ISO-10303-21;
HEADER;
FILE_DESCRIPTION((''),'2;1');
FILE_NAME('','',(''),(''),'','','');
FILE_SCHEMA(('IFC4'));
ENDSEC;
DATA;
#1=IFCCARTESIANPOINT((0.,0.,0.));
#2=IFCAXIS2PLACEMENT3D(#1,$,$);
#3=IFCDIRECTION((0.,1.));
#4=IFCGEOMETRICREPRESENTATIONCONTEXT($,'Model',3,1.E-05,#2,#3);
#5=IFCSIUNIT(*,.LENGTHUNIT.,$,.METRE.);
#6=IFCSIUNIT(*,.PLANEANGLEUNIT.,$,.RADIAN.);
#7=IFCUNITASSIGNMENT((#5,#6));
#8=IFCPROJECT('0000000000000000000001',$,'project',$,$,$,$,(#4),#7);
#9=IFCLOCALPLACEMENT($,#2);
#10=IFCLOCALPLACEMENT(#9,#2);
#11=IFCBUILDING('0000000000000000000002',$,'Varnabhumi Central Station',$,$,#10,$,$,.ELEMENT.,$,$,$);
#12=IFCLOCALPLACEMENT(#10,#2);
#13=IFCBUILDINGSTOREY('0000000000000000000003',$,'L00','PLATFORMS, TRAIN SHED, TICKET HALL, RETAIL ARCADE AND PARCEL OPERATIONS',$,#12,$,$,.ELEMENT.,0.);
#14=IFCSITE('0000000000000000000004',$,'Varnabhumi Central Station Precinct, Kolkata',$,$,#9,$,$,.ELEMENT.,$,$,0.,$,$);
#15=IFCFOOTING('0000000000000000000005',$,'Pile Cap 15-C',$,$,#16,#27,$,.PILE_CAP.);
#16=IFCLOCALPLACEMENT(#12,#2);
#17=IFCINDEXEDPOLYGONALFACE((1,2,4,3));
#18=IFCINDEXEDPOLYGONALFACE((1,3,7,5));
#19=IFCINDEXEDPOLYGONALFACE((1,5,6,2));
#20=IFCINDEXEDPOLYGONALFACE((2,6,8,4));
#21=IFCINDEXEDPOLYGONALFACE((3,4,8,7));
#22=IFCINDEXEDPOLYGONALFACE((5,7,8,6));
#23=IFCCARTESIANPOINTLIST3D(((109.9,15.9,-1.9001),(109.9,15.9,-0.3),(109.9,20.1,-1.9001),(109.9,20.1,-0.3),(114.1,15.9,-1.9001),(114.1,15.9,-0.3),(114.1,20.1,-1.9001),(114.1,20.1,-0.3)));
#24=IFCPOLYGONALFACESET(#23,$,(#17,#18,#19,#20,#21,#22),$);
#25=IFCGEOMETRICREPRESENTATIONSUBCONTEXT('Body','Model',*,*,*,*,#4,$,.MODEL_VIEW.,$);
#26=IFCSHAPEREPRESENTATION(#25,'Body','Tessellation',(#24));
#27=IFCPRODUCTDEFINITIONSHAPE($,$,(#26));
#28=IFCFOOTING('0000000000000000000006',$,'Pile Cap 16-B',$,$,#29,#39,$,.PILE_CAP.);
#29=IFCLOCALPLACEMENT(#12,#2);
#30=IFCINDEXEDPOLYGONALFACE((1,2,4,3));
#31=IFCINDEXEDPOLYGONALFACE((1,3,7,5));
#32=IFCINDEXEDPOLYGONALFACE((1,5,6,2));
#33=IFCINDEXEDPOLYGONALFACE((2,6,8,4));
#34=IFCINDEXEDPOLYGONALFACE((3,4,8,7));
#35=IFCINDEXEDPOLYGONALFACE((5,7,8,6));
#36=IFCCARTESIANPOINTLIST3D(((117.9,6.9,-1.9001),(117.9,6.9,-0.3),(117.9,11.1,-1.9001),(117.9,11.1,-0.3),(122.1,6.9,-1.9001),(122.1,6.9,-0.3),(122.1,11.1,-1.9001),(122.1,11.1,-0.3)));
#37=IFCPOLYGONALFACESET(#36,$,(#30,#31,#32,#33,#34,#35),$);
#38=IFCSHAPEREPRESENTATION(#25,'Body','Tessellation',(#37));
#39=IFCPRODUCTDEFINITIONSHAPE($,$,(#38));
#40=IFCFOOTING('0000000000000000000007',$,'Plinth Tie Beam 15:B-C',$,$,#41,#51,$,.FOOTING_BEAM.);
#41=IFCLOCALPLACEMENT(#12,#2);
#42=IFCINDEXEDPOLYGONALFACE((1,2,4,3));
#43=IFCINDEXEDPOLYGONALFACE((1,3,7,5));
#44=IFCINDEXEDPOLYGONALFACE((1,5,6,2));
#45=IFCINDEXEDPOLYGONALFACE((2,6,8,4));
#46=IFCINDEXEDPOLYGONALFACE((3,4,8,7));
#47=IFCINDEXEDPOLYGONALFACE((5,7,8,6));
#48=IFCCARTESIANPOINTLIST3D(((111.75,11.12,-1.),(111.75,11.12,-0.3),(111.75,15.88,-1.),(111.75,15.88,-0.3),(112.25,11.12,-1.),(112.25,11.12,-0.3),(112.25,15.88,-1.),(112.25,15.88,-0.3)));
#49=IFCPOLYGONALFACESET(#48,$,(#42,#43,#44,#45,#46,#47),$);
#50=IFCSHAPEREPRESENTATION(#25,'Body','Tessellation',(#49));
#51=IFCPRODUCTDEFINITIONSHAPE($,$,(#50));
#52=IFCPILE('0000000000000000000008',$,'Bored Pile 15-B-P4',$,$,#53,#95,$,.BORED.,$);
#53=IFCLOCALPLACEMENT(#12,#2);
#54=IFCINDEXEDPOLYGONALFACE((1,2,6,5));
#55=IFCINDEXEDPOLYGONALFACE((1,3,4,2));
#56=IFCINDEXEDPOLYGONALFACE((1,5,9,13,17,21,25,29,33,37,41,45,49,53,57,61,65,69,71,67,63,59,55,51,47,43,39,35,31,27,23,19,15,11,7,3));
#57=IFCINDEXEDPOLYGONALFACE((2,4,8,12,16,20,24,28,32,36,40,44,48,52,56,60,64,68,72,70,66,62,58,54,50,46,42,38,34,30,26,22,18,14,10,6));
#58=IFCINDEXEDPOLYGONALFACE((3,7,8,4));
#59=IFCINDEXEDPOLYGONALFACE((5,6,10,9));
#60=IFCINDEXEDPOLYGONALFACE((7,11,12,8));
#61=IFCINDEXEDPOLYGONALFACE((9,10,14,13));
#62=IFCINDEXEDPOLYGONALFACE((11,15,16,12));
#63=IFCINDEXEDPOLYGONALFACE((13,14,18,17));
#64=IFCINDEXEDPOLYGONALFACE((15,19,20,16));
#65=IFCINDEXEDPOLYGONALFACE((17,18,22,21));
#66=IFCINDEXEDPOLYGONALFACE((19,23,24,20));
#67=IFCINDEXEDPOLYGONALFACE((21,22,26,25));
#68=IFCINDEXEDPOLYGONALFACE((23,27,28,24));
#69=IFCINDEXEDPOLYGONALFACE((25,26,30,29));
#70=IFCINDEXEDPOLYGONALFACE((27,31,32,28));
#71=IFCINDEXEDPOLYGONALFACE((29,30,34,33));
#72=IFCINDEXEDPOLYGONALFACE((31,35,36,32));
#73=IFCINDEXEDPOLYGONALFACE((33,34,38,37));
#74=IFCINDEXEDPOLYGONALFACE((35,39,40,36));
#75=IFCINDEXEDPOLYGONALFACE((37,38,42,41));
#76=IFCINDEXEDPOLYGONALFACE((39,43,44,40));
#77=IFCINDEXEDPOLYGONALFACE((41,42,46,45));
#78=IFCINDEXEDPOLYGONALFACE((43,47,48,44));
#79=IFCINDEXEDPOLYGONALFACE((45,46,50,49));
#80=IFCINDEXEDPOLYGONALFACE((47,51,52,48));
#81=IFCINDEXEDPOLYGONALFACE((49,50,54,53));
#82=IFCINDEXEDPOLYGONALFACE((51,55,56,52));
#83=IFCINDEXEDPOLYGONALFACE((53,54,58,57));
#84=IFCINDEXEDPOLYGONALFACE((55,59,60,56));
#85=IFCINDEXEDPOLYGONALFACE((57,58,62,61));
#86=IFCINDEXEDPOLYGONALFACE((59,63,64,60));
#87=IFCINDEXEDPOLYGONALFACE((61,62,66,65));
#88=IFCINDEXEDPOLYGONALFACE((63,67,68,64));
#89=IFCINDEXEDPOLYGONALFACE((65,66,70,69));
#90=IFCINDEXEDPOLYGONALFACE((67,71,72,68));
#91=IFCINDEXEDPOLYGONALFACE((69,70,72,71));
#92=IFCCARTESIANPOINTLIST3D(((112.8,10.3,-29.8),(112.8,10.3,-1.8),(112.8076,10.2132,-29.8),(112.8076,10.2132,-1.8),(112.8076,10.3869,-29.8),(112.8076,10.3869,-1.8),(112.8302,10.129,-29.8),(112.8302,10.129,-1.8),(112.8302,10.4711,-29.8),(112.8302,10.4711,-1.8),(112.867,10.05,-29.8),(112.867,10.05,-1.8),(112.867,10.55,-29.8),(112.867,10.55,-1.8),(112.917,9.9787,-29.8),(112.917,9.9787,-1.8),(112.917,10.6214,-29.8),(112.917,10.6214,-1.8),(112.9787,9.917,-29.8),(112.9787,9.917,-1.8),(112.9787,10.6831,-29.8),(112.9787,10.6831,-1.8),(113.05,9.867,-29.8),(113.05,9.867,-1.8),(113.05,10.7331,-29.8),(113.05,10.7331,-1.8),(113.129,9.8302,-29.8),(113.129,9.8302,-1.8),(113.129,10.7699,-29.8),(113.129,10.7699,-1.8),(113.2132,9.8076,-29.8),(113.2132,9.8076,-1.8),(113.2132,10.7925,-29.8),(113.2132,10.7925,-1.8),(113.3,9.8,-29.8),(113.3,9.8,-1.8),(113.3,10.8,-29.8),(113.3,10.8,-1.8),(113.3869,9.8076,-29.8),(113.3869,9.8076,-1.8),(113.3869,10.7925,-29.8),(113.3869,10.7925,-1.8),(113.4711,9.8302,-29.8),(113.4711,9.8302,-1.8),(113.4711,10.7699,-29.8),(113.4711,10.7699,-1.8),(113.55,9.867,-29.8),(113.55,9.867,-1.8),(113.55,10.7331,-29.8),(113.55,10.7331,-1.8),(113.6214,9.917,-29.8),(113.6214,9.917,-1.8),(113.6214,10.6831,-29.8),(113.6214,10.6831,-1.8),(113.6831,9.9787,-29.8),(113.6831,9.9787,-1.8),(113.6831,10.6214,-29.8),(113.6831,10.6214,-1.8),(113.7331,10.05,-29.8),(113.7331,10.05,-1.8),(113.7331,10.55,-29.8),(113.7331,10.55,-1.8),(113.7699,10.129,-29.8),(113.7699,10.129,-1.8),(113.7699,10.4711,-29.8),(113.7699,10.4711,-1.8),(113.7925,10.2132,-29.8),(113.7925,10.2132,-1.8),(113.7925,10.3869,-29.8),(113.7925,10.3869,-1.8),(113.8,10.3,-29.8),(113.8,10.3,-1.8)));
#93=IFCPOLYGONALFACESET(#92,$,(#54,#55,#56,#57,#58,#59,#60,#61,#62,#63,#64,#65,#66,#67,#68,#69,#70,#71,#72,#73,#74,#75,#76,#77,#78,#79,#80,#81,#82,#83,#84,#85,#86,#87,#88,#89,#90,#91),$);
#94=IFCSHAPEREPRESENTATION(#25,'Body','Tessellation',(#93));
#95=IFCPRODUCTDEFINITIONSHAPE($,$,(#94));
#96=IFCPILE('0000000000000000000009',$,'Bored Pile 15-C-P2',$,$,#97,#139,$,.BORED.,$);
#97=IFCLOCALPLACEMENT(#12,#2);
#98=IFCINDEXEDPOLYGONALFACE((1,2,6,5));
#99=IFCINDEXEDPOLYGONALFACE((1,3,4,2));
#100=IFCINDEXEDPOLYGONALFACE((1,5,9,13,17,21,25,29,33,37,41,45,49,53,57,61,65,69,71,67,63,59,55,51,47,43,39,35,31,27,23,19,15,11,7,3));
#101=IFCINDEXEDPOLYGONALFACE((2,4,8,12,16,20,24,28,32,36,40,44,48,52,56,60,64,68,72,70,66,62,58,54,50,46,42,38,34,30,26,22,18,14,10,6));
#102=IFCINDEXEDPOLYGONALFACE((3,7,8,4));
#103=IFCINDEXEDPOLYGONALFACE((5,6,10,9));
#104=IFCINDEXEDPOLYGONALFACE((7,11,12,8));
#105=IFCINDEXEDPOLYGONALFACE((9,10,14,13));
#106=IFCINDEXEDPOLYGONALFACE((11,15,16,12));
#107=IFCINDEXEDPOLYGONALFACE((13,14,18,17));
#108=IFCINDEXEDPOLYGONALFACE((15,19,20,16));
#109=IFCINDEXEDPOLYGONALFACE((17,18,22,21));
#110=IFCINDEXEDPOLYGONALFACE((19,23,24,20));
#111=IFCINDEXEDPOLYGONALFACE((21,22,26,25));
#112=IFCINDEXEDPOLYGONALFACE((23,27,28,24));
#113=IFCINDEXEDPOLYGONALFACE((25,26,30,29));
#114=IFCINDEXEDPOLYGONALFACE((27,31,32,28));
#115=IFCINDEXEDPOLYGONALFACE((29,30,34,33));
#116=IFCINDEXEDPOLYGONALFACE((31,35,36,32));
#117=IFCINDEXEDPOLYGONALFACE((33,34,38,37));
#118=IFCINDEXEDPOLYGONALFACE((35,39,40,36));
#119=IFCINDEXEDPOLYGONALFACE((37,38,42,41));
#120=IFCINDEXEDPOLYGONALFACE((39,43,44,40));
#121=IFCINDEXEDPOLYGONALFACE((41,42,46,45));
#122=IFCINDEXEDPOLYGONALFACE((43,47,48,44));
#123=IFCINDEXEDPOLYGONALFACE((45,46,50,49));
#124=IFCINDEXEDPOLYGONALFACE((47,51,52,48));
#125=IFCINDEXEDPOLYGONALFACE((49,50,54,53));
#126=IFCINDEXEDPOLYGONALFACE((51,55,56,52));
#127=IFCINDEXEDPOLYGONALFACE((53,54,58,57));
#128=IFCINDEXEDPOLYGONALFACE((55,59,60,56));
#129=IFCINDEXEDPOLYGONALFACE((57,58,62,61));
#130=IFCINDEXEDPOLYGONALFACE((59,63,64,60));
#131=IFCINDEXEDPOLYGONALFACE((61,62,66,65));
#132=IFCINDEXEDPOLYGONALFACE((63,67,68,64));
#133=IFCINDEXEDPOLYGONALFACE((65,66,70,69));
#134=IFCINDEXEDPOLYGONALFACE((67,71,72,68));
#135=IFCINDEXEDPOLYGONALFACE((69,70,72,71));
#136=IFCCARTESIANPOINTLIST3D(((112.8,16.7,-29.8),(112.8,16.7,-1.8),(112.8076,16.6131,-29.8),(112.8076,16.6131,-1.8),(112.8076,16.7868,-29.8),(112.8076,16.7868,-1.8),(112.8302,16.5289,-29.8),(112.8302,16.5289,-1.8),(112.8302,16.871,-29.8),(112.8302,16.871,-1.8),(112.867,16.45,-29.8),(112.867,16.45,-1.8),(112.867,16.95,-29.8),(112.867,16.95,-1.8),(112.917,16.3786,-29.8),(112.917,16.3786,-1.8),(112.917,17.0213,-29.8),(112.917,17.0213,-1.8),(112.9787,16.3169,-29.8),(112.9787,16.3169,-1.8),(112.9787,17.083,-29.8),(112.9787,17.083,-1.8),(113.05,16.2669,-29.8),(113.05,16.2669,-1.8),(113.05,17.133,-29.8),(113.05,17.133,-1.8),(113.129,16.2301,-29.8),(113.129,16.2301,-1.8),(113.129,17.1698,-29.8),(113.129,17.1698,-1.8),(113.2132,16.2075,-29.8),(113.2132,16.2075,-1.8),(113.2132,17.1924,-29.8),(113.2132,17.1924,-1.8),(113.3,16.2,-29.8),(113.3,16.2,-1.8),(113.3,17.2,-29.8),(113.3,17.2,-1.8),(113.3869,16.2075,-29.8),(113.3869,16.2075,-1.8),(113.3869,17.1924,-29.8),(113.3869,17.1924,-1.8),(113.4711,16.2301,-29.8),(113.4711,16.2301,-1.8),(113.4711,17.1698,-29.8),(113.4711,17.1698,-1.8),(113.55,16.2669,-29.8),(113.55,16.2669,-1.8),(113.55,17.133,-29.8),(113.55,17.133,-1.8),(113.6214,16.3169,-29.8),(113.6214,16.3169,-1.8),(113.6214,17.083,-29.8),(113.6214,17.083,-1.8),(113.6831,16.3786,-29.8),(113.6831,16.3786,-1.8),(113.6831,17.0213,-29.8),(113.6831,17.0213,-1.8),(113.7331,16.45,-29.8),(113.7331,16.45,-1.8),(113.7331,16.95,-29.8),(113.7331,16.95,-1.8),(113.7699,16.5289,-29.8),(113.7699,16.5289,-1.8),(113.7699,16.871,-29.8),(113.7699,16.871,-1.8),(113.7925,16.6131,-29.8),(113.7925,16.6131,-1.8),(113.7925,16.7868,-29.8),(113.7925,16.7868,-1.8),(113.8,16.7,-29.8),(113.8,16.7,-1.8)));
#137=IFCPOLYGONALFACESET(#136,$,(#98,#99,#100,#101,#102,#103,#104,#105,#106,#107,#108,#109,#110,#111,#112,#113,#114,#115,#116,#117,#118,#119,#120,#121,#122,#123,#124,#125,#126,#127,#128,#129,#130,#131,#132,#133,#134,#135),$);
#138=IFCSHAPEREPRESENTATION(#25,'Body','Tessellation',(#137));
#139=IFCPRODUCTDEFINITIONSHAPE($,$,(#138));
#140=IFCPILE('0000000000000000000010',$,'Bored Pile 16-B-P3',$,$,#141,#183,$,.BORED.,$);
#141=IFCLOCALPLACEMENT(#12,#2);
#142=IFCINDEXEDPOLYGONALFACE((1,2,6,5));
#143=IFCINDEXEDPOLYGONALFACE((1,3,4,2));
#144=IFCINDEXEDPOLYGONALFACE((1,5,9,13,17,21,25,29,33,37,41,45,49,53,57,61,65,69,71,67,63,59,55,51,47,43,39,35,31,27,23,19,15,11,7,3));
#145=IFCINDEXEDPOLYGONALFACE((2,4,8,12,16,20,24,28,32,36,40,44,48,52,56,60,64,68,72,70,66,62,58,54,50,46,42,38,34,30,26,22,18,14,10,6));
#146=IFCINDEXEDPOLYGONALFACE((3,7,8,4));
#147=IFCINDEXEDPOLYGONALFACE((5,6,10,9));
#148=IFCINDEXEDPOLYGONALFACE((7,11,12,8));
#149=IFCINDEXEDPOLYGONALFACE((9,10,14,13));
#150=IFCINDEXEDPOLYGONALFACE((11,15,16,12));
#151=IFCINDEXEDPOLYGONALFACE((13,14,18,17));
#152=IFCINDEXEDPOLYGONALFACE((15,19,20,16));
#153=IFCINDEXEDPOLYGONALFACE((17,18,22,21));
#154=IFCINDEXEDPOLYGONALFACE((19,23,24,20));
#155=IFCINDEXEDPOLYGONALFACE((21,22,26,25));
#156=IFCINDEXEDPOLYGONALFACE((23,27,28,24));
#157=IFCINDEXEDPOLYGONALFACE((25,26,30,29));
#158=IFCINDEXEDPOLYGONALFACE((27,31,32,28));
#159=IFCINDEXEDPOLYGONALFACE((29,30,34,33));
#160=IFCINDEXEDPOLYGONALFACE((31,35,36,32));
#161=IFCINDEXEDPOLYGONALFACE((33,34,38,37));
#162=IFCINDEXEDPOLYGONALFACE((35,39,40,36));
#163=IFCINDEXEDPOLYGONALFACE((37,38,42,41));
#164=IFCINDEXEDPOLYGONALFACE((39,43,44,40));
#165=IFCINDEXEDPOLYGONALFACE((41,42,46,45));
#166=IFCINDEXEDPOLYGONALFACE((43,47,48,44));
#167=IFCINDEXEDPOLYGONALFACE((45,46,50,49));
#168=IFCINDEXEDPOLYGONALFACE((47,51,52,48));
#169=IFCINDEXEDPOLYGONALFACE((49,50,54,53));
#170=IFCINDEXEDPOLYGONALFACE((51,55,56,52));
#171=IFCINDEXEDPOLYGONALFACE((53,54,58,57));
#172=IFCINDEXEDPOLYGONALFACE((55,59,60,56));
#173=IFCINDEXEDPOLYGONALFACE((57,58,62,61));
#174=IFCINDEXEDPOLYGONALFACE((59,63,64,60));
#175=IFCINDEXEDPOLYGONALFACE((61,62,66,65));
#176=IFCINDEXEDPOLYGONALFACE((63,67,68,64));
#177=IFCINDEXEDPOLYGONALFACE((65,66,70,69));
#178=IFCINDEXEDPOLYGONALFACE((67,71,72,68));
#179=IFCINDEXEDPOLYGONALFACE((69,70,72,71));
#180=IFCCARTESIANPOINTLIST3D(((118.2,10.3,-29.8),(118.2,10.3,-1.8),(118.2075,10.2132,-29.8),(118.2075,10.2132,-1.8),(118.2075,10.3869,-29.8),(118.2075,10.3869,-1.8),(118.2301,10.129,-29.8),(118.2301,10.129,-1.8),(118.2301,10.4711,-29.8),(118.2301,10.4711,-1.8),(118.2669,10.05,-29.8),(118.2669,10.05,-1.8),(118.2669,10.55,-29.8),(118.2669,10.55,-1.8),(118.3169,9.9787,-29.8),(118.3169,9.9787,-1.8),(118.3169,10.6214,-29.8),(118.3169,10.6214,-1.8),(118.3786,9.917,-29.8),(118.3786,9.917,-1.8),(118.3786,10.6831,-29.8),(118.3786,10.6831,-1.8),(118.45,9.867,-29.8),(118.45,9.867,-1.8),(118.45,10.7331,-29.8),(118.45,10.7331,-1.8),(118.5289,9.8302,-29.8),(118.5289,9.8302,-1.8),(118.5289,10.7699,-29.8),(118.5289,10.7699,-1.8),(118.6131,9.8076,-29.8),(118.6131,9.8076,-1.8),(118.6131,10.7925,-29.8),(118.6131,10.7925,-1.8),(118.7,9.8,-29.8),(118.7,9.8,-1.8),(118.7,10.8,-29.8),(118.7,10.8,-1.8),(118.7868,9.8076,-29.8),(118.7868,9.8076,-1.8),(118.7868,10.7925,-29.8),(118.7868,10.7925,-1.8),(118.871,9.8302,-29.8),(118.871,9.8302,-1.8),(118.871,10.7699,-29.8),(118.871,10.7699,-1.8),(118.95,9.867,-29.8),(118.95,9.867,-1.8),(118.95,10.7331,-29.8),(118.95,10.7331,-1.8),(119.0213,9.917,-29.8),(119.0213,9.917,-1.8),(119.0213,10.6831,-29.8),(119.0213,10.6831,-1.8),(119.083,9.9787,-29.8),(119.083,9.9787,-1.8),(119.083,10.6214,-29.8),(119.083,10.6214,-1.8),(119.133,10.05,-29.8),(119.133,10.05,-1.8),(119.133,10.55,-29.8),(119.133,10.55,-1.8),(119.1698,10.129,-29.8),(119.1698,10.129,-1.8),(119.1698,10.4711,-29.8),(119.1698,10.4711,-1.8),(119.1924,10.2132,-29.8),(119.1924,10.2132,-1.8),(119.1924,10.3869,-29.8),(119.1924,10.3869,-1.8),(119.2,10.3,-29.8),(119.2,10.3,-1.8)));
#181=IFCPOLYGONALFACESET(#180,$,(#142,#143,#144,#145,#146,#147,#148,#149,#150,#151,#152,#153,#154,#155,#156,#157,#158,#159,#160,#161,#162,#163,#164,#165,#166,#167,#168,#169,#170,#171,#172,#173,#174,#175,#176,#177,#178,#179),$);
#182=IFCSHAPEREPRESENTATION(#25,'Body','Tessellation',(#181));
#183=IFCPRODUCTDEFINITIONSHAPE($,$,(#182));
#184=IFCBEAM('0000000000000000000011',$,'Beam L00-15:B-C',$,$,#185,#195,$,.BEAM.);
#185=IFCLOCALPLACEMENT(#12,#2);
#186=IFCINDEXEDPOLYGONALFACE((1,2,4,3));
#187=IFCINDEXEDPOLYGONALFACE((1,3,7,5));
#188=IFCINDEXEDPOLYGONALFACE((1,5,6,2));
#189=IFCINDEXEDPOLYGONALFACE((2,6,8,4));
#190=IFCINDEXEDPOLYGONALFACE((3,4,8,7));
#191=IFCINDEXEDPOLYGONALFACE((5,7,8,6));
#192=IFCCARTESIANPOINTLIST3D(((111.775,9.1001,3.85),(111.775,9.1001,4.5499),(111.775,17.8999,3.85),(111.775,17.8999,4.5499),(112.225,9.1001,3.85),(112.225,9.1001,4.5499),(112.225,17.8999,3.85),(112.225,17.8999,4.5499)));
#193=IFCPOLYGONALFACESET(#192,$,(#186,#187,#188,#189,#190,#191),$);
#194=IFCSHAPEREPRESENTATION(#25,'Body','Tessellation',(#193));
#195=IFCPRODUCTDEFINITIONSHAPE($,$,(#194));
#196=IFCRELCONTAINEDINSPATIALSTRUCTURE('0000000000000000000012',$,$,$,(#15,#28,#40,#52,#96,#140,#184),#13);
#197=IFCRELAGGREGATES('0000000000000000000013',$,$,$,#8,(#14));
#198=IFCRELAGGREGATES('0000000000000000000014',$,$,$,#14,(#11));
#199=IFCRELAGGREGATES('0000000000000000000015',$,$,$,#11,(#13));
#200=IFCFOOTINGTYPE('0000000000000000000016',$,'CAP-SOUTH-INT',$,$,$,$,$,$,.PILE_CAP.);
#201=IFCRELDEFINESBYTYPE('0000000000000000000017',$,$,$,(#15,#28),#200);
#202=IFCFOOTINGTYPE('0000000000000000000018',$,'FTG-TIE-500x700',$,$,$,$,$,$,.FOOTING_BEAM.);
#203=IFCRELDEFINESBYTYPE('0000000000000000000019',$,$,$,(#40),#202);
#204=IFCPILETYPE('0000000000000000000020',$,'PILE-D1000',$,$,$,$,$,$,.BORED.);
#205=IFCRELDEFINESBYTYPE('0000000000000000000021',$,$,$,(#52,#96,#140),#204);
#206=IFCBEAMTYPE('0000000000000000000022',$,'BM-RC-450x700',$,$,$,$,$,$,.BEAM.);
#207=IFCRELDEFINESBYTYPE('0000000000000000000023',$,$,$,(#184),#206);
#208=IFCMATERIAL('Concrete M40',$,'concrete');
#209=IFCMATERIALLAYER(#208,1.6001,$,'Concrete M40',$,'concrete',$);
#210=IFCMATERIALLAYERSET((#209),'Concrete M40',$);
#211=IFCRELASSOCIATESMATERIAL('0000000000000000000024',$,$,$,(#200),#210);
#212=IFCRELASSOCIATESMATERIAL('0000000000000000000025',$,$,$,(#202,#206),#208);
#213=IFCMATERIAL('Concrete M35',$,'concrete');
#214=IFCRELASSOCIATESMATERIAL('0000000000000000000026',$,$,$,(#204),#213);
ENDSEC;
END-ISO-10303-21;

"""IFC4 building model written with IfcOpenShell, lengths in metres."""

from ifc_helpers import new_model, si_unit, direction, frame, origin, origin_2d, place, context, subcontext, project, spatial, rectangle, circle, extrude, material, layer, layer_set, material_profile, profile_set, type_object, element, save


model = new_model("IFC4")

# Units and contexts
model_context = context("Model", 3, precision=1e-05, world=origin(), true_north=direction((0.0, 1.0)))
body_context = subcontext(model_context, "Body", "Model", "MODEL_VIEW")
ifc_project = project(units=[si_unit("LENGTHUNIT", "METRE"), si_unit("PLANEANGLEUNIT", "RADIAN")], contexts=[model_context])

# Site, building, storey
site_placement = place(None, origin())
site = spatial("IfcSite", under=ifc_project, at=site_placement, Name="Varnabhumi Central Station Precinct, Kolkata", CompositionType="ELEMENT", RefElevation=0.0)
building_placement = place(site_placement, origin())
building = spatial("IfcBuilding", under=site, at=building_placement, Name="Varnabhumi Central Station", CompositionType="ELEMENT")
storey_placement = place(building_placement, origin())
storey = spatial("IfcBuildingStorey", under=building, at=storey_placement, Name="L00", Description="PLATFORMS, TRAIN SHED, TICKET HALL, RETAIL ARCADE AND PARCEL OPERATIONS", CompositionType="ELEMENT", Elevation=0.0)

# Footings
ifc_material_1 = material(Name="Concrete M40", Category="concrete")
ifc_layer_1 = layer(ifc_material_1, 1.6001, Name="Concrete M40", Category="concrete")
ifc_layer_set_1 = layer_set([ifc_layer_1], Name="Concrete M40")
footing_type_1 = type_object("IfcFootingType", Name="CAP-SOUTH-INT", PredefinedType="PILE_CAP", material=ifc_layer_set_1)
for number, where, z_axis, x_axis, name in (
    (1, (112.0, 18.0, -1.9001), (0.0, 0.0, 1.0), (1.0, 0.0, 0.0), "Pile Cap 15-C"),
    (2, (120.0, 9.0, -1.9001), (0.0, 0.0, 1.0), (1.0, 0.0, 0.0), "Pile Cap 16-B"),
):
    element("IfcFooting", number, at=place(storey_placement, frame(where, z_axis=z_axis, x_axis=x_axis)), inside=storey, type_object=footing_type_1, Name=name, PredefinedType="PILE_CAP", context=body_context, shape_type="SweptSolid", body=[
        extrude(rectangle(XDim=4.2, YDim=4.2, at=origin_2d()), origin(), (0.0, 0.0, 1.0), 1.6001),
    ])
footing_type_2 = type_object("IfcFootingType", Name="FTG-TIE-500x700", PredefinedType="FOOTING_BEAM", material=ifc_material_1)
footing_placement = place(storey_placement, frame((112.0, 13.5, -1.0), z_axis=(0.0, 0.0, 1.0), x_axis=(1.0, 0.0, 0.0)))
element("IfcFooting", 3, at=footing_placement, inside=storey, type_object=footing_type_2, Name="Plinth Tie Beam 15:B-C", PredefinedType="FOOTING_BEAM", context=body_context, shape_type="SweptSolid", body=[
    extrude(rectangle(XDim=0.5, YDim=4.76, at=origin_2d()), origin(), (0.0, 0.0, 1.0), 0.7),
])

# Piles
ifc_material_2 = material(Name="Concrete M35", Category="concrete")
ifc_material_profile_1 = material_profile(ifc_material_2, circle(Radius=0.5, at=origin_2d()), Name="Concrete M35", Category="concrete")
ifc_profile_set_1 = profile_set([ifc_material_profile_1], Name="Concrete M35")
pile_type = type_object("IfcPileType", Name="PILE-D1000", PredefinedType="BORED", material=ifc_profile_set_1)
for number, where, z_axis, x_axis, name in (
    (4, (113.3, 10.3, -1.8), (0.0, 0.0, -1.0), (1.0, 0.0, 0.0), "Bored Pile 15-B-P4"),
    (5, (113.3, 16.7, -1.8), (0.0, 0.0, -1.0), (1.0, 0.0, 0.0), "Bored Pile 15-C-P2"),
    (6, (118.7, 10.3, -1.8), (0.0, 0.0, -1.0), (1.0, 0.0, 0.0), "Bored Pile 16-B-P3"),
):
    element("IfcPile", number, at=place(storey_placement, frame(where, z_axis=z_axis, x_axis=x_axis)), inside=storey, type_object=pile_type, Name=name, PredefinedType="BORED", context=body_context, shape_type="SweptSolid", body=[
        extrude(circle(Radius=0.5, at=origin_2d()), origin(), (0.0, 0.0, 1.0), 28.0),
    ])

# Beam
ifc_material_profile_2 = material_profile(ifc_material_1, rectangle(XDim=0.45, YDim=0.7, at=origin_2d()), Name="Concrete M40", Category="concrete")
ifc_profile_set_2 = profile_set([ifc_material_profile_2], Name="Concrete M40")
beam_type = type_object("IfcBeamType", Name="BM-RC-450x700", PredefinedType="BEAM", material=ifc_profile_set_2)
beam_placement = place(storey_placement, frame((112.0, 9.1001, 4.2), z_axis=(0.0, 1.0, 0.0), x_axis=(-1.0, 0.0, 0.0)))
element("IfcBeam", 7, at=beam_placement, inside=storey, type_object=beam_type, Name="Beam L00-15:B-C", PredefinedType="BEAM", context=body_context, shape_type="SweptSolid", body=[
    extrude(rectangle(XDim=0.45, YDim=0.7, at=origin_2d()), origin(), (0.0, 0.0, 1.0), 8.7998),
])

save(model, "model.ifc")
